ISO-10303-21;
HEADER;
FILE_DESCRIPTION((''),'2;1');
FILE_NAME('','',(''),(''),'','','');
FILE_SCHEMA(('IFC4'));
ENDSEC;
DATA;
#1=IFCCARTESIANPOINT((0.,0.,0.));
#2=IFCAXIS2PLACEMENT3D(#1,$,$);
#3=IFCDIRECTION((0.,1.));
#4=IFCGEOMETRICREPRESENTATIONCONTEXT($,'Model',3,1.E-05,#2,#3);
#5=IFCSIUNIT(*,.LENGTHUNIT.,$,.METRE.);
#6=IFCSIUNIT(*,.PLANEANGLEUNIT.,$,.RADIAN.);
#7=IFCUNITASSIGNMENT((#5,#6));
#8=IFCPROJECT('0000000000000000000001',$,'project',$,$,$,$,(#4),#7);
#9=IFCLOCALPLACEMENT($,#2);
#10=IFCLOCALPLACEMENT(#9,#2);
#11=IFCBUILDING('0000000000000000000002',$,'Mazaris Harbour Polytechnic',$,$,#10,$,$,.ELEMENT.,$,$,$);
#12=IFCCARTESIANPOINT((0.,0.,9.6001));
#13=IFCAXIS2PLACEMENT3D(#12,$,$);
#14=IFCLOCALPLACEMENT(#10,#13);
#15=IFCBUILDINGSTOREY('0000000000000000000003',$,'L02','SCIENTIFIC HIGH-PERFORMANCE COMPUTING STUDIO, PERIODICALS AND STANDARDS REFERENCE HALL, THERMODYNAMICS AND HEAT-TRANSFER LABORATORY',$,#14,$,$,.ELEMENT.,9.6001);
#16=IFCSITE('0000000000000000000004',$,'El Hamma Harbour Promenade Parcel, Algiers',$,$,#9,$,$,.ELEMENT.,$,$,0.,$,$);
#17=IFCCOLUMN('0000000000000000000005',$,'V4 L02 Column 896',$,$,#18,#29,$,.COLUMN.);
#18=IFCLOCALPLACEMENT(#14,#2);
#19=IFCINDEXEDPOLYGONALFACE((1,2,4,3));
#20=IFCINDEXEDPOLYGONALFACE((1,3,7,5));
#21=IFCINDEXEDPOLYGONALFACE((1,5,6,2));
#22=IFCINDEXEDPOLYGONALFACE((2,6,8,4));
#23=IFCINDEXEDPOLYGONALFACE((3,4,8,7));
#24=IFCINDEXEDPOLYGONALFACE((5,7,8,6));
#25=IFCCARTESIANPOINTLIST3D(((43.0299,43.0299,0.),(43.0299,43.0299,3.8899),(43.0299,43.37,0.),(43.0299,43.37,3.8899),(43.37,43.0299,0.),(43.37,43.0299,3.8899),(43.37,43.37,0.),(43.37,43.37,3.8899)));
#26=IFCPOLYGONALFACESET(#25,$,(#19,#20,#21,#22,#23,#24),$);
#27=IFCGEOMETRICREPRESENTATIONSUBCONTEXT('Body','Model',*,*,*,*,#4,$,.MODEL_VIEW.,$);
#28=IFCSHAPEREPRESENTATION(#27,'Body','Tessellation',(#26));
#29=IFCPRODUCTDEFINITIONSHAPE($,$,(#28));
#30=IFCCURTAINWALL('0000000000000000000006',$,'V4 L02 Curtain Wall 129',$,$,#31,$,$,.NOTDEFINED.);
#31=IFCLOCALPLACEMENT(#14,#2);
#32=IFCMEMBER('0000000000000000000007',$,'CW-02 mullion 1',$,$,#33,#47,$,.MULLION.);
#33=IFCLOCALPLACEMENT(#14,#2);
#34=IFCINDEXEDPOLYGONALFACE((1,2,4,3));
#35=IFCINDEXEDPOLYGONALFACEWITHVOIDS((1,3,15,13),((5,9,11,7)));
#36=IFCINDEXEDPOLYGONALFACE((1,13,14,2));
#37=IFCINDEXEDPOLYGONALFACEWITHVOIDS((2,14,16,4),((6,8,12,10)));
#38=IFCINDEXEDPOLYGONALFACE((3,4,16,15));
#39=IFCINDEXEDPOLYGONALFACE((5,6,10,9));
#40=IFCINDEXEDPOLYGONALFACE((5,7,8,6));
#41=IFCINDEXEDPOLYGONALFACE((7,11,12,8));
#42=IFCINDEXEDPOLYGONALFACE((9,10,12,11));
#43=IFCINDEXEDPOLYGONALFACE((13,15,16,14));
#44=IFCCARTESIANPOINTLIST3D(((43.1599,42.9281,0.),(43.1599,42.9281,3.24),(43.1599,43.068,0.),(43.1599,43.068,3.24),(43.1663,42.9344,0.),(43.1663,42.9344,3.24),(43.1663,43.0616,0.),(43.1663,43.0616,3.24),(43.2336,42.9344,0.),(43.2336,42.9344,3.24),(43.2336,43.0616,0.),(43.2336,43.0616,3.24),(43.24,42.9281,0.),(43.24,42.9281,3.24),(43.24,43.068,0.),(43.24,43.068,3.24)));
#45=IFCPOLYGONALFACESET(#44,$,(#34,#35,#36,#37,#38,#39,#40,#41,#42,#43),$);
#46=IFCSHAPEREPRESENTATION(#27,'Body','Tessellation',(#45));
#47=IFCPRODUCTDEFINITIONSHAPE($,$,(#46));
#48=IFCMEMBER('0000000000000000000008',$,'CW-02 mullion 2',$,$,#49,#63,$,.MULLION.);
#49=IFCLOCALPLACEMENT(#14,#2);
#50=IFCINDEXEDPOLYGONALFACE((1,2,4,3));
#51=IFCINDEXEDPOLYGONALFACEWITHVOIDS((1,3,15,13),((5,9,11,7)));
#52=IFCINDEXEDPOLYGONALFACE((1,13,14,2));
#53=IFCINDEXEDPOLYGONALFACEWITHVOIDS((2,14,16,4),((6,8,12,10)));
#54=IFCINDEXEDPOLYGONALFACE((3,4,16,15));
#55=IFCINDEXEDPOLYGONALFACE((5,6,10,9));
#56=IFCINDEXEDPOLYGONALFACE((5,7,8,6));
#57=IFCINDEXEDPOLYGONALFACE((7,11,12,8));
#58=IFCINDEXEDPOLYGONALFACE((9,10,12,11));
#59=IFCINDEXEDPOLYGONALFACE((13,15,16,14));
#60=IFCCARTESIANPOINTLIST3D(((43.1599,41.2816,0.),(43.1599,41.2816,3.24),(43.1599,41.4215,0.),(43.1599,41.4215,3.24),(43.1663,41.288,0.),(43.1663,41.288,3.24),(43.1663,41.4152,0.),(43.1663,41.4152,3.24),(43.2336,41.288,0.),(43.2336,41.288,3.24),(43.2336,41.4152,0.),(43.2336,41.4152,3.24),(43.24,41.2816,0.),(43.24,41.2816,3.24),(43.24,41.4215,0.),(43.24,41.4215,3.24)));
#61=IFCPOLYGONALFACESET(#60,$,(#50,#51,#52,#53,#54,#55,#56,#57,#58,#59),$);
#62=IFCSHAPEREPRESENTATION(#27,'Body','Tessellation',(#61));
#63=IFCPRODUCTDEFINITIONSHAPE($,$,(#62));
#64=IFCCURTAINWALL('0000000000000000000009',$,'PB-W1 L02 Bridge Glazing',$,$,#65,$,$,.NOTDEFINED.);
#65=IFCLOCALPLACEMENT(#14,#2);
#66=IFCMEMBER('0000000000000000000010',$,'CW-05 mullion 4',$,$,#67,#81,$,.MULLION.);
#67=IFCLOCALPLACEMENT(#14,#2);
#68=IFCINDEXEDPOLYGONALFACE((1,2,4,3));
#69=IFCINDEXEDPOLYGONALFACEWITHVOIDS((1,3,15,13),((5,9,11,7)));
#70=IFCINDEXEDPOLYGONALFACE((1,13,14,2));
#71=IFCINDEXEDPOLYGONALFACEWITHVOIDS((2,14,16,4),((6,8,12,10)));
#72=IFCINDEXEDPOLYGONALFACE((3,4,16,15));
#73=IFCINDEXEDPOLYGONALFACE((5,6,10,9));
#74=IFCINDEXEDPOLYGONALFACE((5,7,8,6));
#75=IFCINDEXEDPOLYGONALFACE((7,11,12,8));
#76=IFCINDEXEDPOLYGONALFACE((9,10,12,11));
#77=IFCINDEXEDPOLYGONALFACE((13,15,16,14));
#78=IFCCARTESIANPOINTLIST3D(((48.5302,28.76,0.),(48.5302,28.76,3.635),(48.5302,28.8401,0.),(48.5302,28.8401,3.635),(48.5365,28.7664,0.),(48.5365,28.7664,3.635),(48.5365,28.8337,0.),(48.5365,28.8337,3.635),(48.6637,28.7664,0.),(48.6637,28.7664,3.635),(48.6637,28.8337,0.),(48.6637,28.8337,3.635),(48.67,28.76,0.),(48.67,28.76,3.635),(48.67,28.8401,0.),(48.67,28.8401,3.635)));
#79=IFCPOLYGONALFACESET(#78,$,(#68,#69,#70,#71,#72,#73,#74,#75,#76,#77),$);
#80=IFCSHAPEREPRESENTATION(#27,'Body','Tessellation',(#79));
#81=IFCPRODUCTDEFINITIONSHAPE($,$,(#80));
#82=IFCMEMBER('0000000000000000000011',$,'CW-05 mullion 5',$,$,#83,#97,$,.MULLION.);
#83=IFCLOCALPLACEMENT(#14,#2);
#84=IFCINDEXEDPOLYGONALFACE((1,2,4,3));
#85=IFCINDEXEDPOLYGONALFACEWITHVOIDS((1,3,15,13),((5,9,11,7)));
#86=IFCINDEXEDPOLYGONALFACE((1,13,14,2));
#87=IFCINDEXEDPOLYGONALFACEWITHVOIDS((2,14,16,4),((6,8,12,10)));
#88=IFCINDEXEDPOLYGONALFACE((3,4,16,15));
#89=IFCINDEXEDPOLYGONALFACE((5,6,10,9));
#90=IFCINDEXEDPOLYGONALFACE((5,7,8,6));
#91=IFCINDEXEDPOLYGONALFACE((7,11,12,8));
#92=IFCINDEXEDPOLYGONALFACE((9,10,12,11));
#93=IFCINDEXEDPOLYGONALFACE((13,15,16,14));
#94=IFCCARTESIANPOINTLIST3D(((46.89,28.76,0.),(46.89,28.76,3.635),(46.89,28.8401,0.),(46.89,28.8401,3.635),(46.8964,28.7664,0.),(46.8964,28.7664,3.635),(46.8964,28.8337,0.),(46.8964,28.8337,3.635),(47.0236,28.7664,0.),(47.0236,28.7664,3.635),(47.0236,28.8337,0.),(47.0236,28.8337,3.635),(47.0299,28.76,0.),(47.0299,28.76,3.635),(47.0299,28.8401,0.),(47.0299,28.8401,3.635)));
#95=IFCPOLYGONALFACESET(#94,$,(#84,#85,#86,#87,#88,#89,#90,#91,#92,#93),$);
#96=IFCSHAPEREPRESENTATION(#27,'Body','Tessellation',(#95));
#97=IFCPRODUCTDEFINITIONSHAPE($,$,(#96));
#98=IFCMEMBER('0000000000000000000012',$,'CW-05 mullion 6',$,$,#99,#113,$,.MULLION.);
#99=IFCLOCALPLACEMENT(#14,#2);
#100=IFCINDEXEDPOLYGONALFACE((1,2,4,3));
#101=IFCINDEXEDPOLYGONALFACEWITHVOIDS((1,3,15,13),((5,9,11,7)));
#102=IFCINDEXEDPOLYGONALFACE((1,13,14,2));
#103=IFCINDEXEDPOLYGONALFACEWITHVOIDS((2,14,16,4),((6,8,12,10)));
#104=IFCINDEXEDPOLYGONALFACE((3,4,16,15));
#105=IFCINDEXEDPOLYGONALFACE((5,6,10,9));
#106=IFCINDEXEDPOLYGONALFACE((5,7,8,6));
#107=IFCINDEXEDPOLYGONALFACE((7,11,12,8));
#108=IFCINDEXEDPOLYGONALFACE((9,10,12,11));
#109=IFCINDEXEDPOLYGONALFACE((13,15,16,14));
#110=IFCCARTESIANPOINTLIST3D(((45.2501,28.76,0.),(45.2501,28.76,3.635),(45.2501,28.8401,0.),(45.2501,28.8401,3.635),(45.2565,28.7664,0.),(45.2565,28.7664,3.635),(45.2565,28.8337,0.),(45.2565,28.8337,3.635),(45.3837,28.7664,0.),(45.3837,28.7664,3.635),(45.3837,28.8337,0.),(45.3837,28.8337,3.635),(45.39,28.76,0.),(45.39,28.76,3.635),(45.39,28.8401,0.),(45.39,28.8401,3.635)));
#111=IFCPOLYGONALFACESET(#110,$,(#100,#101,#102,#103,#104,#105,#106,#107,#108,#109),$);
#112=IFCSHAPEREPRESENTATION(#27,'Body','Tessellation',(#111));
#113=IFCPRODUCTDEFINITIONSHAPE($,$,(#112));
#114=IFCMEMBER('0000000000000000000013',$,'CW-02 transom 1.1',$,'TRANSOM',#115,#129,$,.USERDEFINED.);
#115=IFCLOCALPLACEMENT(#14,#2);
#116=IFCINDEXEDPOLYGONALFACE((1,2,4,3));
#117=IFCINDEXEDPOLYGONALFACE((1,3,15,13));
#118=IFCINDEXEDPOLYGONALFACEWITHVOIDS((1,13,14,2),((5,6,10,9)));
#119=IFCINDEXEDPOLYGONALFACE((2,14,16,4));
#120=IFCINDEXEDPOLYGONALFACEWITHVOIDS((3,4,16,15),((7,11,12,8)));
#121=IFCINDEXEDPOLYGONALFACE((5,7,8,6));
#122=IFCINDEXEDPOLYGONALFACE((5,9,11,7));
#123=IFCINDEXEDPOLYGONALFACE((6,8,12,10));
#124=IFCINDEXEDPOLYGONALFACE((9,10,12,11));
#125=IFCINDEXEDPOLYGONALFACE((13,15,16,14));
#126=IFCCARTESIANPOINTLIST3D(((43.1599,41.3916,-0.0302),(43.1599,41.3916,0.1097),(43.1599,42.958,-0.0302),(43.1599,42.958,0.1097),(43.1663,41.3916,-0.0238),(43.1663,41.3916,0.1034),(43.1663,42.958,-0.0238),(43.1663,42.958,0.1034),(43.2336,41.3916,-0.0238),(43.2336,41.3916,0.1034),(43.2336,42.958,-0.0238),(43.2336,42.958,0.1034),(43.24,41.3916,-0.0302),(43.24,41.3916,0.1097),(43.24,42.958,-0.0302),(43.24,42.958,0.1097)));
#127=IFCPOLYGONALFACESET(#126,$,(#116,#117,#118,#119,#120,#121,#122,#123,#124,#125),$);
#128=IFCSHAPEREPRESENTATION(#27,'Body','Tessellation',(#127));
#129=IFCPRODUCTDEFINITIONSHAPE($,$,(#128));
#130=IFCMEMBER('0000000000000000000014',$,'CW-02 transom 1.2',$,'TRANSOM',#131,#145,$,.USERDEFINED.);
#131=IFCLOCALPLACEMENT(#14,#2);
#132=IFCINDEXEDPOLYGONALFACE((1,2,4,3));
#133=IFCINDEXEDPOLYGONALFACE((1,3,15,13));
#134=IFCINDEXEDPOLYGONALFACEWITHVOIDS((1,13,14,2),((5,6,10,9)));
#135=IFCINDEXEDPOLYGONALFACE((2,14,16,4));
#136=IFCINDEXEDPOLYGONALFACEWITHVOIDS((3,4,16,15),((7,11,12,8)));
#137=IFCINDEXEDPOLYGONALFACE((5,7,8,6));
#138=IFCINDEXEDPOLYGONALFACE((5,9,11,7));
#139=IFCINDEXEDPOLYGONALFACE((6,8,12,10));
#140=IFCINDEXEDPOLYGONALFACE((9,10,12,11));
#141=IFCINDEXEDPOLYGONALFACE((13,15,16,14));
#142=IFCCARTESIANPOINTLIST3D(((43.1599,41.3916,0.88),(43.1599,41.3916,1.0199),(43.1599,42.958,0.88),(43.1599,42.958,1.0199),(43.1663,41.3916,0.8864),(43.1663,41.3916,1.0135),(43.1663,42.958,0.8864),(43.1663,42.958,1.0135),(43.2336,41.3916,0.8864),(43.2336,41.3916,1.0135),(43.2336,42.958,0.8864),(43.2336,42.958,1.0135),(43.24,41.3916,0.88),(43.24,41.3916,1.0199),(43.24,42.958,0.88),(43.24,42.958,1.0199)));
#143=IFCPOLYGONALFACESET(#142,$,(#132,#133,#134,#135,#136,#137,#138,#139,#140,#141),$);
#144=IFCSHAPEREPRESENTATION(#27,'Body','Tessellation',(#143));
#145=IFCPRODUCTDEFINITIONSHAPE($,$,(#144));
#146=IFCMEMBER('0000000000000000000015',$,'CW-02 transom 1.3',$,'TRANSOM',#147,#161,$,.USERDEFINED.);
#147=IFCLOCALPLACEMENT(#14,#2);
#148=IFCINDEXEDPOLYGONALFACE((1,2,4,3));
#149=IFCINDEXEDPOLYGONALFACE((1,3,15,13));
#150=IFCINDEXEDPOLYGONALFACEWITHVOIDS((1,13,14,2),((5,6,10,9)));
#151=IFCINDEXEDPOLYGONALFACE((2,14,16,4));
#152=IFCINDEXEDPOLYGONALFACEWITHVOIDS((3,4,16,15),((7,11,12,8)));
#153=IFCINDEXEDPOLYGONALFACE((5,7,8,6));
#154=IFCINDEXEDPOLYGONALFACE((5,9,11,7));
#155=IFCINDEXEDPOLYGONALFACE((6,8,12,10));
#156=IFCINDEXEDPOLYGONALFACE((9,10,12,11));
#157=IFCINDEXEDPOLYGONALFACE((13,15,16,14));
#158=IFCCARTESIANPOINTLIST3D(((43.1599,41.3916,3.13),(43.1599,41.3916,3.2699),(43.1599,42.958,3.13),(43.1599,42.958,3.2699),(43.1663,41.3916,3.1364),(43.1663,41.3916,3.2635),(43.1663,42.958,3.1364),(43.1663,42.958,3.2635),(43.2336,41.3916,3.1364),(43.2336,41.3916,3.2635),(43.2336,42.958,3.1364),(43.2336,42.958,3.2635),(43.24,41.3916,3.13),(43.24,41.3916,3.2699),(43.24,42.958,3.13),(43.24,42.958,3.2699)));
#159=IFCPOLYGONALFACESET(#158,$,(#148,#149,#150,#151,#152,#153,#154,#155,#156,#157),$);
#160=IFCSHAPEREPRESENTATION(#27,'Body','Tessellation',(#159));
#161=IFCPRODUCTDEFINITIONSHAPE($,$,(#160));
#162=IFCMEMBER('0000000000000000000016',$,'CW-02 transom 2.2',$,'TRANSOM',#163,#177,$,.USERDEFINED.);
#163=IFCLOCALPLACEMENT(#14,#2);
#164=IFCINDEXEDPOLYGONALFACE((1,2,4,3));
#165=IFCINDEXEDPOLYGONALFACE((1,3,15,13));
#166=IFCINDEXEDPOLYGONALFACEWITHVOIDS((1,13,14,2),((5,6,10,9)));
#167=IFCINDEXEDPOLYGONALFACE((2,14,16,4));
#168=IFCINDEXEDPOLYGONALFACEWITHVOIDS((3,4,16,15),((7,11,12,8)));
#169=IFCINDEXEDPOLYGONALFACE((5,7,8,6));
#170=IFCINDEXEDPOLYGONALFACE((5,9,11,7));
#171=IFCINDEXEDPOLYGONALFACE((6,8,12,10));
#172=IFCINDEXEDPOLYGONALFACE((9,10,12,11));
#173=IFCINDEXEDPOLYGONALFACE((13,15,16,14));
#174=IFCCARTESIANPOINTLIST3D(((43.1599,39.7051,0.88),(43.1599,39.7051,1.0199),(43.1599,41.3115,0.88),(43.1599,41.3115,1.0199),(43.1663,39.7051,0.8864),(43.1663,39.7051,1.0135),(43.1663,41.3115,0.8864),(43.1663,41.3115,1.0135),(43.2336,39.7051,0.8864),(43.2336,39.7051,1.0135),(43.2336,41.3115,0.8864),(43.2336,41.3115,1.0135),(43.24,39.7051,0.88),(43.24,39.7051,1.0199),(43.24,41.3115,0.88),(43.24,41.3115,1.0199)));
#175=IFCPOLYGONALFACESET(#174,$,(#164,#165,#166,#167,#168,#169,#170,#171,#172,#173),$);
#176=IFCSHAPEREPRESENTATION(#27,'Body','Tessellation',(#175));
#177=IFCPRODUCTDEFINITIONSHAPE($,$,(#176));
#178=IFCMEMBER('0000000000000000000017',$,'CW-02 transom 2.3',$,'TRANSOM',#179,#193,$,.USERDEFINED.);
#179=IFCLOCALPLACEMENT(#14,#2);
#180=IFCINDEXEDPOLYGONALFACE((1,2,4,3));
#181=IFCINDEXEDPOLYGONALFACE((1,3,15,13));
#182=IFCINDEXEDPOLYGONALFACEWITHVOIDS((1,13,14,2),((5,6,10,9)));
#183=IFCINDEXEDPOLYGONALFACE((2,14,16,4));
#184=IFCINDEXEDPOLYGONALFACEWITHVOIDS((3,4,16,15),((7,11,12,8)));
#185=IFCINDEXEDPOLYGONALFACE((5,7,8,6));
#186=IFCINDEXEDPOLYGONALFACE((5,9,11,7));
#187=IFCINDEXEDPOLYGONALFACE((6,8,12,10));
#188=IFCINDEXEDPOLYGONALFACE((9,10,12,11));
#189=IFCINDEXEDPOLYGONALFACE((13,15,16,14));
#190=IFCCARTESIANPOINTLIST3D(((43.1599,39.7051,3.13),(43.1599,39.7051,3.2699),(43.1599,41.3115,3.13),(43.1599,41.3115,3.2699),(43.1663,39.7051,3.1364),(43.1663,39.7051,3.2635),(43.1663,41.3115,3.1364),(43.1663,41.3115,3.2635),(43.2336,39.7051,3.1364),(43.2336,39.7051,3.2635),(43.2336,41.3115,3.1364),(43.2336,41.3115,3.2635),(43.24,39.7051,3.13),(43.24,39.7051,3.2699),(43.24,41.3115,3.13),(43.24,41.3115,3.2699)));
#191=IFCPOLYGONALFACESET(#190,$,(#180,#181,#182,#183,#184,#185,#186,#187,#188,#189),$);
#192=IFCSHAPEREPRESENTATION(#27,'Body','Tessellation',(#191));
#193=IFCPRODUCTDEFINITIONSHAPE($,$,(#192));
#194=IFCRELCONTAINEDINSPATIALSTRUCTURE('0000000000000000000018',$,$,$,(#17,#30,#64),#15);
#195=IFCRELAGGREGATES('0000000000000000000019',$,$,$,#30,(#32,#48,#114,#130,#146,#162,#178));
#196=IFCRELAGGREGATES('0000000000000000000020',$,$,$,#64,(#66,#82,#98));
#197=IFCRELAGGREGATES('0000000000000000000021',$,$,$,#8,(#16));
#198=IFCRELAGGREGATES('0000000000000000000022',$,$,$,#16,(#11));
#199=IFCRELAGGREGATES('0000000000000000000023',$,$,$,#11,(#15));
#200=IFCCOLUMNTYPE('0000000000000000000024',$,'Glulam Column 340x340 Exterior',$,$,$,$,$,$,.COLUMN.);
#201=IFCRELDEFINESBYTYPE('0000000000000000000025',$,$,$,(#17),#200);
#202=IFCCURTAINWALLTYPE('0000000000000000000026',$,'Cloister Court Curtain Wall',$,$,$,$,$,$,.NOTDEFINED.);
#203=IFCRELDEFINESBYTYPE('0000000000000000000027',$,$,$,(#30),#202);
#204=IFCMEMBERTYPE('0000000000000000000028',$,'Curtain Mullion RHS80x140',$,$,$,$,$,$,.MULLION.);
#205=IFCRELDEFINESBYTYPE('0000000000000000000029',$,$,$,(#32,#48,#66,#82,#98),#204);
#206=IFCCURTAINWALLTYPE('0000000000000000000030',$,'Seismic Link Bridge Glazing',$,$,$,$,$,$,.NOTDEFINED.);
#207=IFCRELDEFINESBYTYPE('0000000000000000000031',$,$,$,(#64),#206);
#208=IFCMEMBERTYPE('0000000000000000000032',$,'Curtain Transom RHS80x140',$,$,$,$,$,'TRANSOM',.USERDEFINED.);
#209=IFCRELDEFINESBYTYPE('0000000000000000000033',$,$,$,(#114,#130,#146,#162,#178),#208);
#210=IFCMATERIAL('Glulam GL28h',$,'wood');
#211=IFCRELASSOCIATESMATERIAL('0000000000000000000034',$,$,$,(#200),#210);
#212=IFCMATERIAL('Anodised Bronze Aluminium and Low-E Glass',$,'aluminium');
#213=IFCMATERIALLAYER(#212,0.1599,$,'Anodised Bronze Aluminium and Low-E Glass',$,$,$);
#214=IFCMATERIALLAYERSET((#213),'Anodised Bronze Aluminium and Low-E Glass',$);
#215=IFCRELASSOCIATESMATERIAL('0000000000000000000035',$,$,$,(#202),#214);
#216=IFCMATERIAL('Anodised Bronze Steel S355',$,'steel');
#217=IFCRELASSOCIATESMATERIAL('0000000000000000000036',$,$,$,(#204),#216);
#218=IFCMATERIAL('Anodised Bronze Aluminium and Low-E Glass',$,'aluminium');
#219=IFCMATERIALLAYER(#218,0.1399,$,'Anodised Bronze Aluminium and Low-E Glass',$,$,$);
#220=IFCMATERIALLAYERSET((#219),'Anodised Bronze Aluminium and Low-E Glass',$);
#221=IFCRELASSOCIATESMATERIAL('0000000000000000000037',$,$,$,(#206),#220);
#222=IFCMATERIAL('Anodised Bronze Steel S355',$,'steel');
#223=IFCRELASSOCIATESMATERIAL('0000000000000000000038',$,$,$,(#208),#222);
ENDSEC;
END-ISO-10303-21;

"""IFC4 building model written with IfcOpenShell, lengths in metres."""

from ifc_helpers import new_model, si_unit, direction, frame, origin, origin_2d, place, context, subcontext, project, spatial, rectangle, hollow_rectangle, extrude, material, layer, layer_set, material_profile, profile_set, type_object, element, aggregate, save


model = new_model("IFC4")

# Units and contexts
model_context = context("Model", 3, precision=1e-05, world=origin(), true_north=direction((0.0, 1.0)))
body_context = subcontext(model_context, "Body", "Model", "MODEL_VIEW")
ifc_project = project(units=[si_unit("LENGTHUNIT", "METRE"), si_unit("PLANEANGLEUNIT", "RADIAN")], contexts=[model_context])

# Site, building, storey
site_placement = place(None, origin())
site = spatial("IfcSite", under=ifc_project, at=site_placement, Name="El Hamma Harbour Promenade Parcel, Algiers", CompositionType="ELEMENT", RefElevation=0.0)
building_placement = place(site_placement, origin())
building = spatial("IfcBuilding", under=site, at=building_placement, Name="Mazaris Harbour Polytechnic", CompositionType="ELEMENT")
storey_placement = place(building_placement, frame((0.0, 0.0, 9.6001)))
storey = spatial("IfcBuildingStorey", under=building, at=storey_placement, Name="L02", Description="SCIENTIFIC HIGH-PERFORMANCE COMPUTING STUDIO, PERIODICALS AND STANDARDS REFERENCE HALL, THERMODYNAMICS AND HEAT-TRANSFER LABORATORY", CompositionType="ELEMENT", Elevation=9.6001)

# Column
ifc_material_1 = material(Name="Glulam GL28h", Category="wood")
ifc_material_profile_1 = material_profile(ifc_material_1, rectangle(XDim=0.3401, YDim=0.3401, at=origin_2d()), Name="RECT340x340")
ifc_profile_set_1 = profile_set([ifc_material_profile_1], Name="Glulam GL28h")
column_type = type_object("IfcColumnType", Name="Glulam Column 340x340 Exterior", PredefinedType="COLUMN", material=ifc_profile_set_1)
column_placement = place(storey_placement, frame((43.2, 43.2, 0.0), z_axis=(0.0, 0.0, 1.0), x_axis=(1.0, 0.0, 0.0)))
element("IfcColumn", 1, at=column_placement, inside=storey, type_object=column_type, Name="V4 L02 Column 896", PredefinedType="COLUMN", context=body_context, shape_type="SweptSolid", body=[
    extrude(rectangle(XDim=0.3401, YDim=0.3401, at=origin_2d()), origin(), (0.0, 0.0, 1.0), 3.8899),
])

# Curtain walls, members
ifc_material_2 = material(Name="Anodised Bronze Aluminium and Low-E Glass", Category="aluminium")
ifc_layer_1 = layer(ifc_material_2, 0.1599, Name="Anodised Bronze Aluminium and Low-E Glass")
ifc_layer_set_1 = layer_set([ifc_layer_1], Name="Anodised Bronze Aluminium and Low-E Glass")
curtain_wall_type_1 = type_object("IfcCurtainWallType", Name="Cloister Court Curtain Wall", PredefinedType="NOTDEFINED", material=ifc_layer_set_1)
curtain_wall_1_placement = place(storey_placement, origin())
curtain_wall_1 = element("IfcCurtainWall", 2, at=curtain_wall_1_placement, inside=storey, type_object=curtain_wall_type_1, Name="V4 L02 Curtain Wall 129", PredefinedType="NOTDEFINED")
ifc_material_3 = material(Name="Anodised Bronze Steel S355", Category="steel")
ifc_material_profile_2 = material_profile(ifc_material_3, hollow_rectangle(XDim=0.0801, YDim=0.1399, WallThickness=0.0063, at=origin_2d()), Name="RHS 80x140x6.3")
ifc_profile_set_2 = profile_set([ifc_material_profile_2], Name="Anodised Bronze Steel S355")
member_type_1 = type_object("IfcMemberType", Name="Curtain Mullion RHS80x140", PredefinedType="MULLION", material=ifc_profile_set_2)
member_1_placement = place(storey_placement, frame((43.2, 42.998, 0.0), z_axis=(0.0, 0.0, 1.0), x_axis=(1.0, 0.0, 0.0)))
member_1 = element("IfcMember", 3, at=member_1_placement, type_object=member_type_1, Name="CW-02 mullion 1", PredefinedType="MULLION", context=body_context, shape_type="SweptSolid", body=[
    extrude(hollow_rectangle(XDim=0.0801, YDim=0.1399, WallThickness=0.0063, at=origin_2d()), origin(), (0.0, 0.0, 1.0), 3.24),
])
member_2_placement = place(storey_placement, frame((43.2, 41.3516, 0.0), z_axis=(0.0, 0.0, 1.0), x_axis=(1.0, 0.0, 0.0)))
member_2 = element("IfcMember", 4, at=member_2_placement, type_object=member_type_1, Name="CW-02 mullion 2", PredefinedType="MULLION", context=body_context, shape_type="SweptSolid", body=[
    extrude(hollow_rectangle(XDim=0.0801, YDim=0.1399, WallThickness=0.0063, at=origin_2d()), origin(), (0.0, 0.0, 1.0), 3.24),
])
ifc_material_4 = material(Name="Anodised Bronze Aluminium and Low-E Glass", Category="aluminium")
ifc_layer_2 = layer(ifc_material_4, 0.1399, Name="Anodised Bronze Aluminium and Low-E Glass")
ifc_layer_set_2 = layer_set([ifc_layer_2], Name="Anodised Bronze Aluminium and Low-E Glass")
curtain_wall_type_2 = type_object("IfcCurtainWallType", Name="Seismic Link Bridge Glazing", PredefinedType="NOTDEFINED", material=ifc_layer_set_2)
curtain_wall_2_placement = place(storey_placement, origin())
curtain_wall_2 = element("IfcCurtainWall", 5, at=curtain_wall_2_placement, inside=storey, type_object=curtain_wall_type_2, Name="PB-W1 L02 Bridge Glazing", PredefinedType="NOTDEFINED")
member_3_placement = place(storey_placement, frame((48.6001, 28.8, 0.0), z_axis=(0.0, 0.0, 1.0), x_axis=(0.0, -1.0, 0.0)))
member_3 = element("IfcMember", 6, at=member_3_placement, type_object=member_type_1, Name="CW-05 mullion 4", PredefinedType="MULLION", context=body_context, shape_type="SweptSolid", body=[
    extrude(hollow_rectangle(XDim=0.0801, YDim=0.1399, WallThickness=0.0063, at=origin_2d()), origin(), (0.0, 0.0, 1.0), 3.635),
])
member_4_placement = place(storey_placement, frame((46.96, 28.8, 0.0), z_axis=(0.0, 0.0, 1.0), x_axis=(0.0, -1.0, 0.0)))
member_4 = element("IfcMember", 7, at=member_4_placement, type_object=member_type_1, Name="CW-05 mullion 5", PredefinedType="MULLION", context=body_context, shape_type="SweptSolid", body=[
    extrude(hollow_rectangle(XDim=0.0801, YDim=0.1399, WallThickness=0.0063, at=origin_2d()), origin(), (0.0, 0.0, 1.0), 3.635),
])
member_5_placement = place(storey_placement, frame((45.3201, 28.8, 0.0), z_axis=(0.0, 0.0, 1.0), x_axis=(0.0, -1.0, 0.0)))
member_5 = element("IfcMember", 8, at=member_5_placement, type_object=member_type_1, Name="CW-05 mullion 6", PredefinedType="MULLION", context=body_context, shape_type="SweptSolid", body=[
    extrude(hollow_rectangle(XDim=0.0801, YDim=0.1399, WallThickness=0.0063, at=origin_2d()), origin(), (0.0, 0.0, 1.0), 3.635),
])

# Members
ifc_material_5 = material(Name="Anodised Bronze Steel S355", Category="steel")
ifc_material_profile_3 = material_profile(ifc_material_5, hollow_rectangle(XDim=0.0801, YDim=0.1399, WallThickness=0.0063, at=origin_2d()), Name="RHS 80x140x6.3")
ifc_profile_set_3 = profile_set([ifc_material_profile_3], Name="Anodised Bronze Steel S355")
member_type_2 = type_object("IfcMemberType", Name="Curtain Transom RHS80x140", ElementType="TRANSOM", PredefinedType="USERDEFINED", material=ifc_profile_set_3)
member_6_placement = place(storey_placement, frame((43.2, 42.958, 0.0398), z_axis=(0.0, -1.0, 0.0), x_axis=(1.0, 0.0, 0.0)))
member_6 = element("IfcMember", 9, at=member_6_placement, type_object=member_type_2, Name="CW-02 transom 1.1", ObjectType="TRANSOM", PredefinedType="USERDEFINED", context=body_context, shape_type="SweptSolid", body=[
    extrude(hollow_rectangle(XDim=0.0801, YDim=0.1399, WallThickness=0.0063, at=origin_2d()), origin(), (0.0, 0.0, 1.0), 1.5664),
])
member_7_placement = place(storey_placement, frame((43.2, 42.958, 0.95), z_axis=(0.0, -1.0, 0.0), x_axis=(1.0, 0.0, 0.0)))
member_7 = element("IfcMember", 10, at=member_7_placement, type_object=member_type_2, Name="CW-02 transom 1.2", ObjectType="TRANSOM", PredefinedType="USERDEFINED", context=body_context, shape_type="SweptSolid", body=[
    extrude(hollow_rectangle(XDim=0.0801, YDim=0.1399, WallThickness=0.0063, at=origin_2d()), origin(), (0.0, 0.0, 1.0), 1.5664),
])
member_8_placement = place(storey_placement, frame((43.2, 42.958, 3.2), z_axis=(0.0, -1.0, 0.0), x_axis=(1.0, 0.0, 0.0)))
member_8 = element("IfcMember", 11, at=member_8_placement, type_object=member_type_2, Name="CW-02 transom 1.3", ObjectType="TRANSOM", PredefinedType="USERDEFINED", context=body_context, shape_type="SweptSolid", body=[
    extrude(hollow_rectangle(XDim=0.0801, YDim=0.1399, WallThickness=0.0063, at=origin_2d()), origin(), (0.0, 0.0, 1.0), 1.5664),
])
member_9_placement = place(storey_placement, frame((43.2, 41.3115, 0.95), z_axis=(0.0, -1.0, 0.0), x_axis=(1.0, 0.0, 0.0)))
member_9 = element("IfcMember", 12, at=member_9_placement, type_object=member_type_2, Name="CW-02 transom 2.2", ObjectType="TRANSOM", PredefinedType="USERDEFINED", context=body_context, shape_type="SweptSolid", body=[
    extrude(hollow_rectangle(XDim=0.0801, YDim=0.1399, WallThickness=0.0063, at=origin_2d()), origin(), (0.0, 0.0, 1.0), 1.6064),
])
member_10_placement = place(storey_placement, frame((43.2, 41.3115, 3.2), z_axis=(0.0, -1.0, 0.0), x_axis=(1.0, 0.0, 0.0)))
member_10 = element("IfcMember", 13, at=member_10_placement, type_object=member_type_2, Name="CW-02 transom 2.3", ObjectType="TRANSOM", PredefinedType="USERDEFINED", context=body_context, shape_type="SweptSolid", body=[
    extrude(hollow_rectangle(XDim=0.0801, YDim=0.1399, WallThickness=0.0063, at=origin_2d()), origin(), (0.0, 0.0, 1.0), 1.6064),
])

aggregate(curtain_wall_1, [member_1, member_2, member_6, member_7, member_8, member_9, member_10])
aggregate(curtain_wall_2, [member_3, member_4, member_5])

save(model, "model.ifc")
